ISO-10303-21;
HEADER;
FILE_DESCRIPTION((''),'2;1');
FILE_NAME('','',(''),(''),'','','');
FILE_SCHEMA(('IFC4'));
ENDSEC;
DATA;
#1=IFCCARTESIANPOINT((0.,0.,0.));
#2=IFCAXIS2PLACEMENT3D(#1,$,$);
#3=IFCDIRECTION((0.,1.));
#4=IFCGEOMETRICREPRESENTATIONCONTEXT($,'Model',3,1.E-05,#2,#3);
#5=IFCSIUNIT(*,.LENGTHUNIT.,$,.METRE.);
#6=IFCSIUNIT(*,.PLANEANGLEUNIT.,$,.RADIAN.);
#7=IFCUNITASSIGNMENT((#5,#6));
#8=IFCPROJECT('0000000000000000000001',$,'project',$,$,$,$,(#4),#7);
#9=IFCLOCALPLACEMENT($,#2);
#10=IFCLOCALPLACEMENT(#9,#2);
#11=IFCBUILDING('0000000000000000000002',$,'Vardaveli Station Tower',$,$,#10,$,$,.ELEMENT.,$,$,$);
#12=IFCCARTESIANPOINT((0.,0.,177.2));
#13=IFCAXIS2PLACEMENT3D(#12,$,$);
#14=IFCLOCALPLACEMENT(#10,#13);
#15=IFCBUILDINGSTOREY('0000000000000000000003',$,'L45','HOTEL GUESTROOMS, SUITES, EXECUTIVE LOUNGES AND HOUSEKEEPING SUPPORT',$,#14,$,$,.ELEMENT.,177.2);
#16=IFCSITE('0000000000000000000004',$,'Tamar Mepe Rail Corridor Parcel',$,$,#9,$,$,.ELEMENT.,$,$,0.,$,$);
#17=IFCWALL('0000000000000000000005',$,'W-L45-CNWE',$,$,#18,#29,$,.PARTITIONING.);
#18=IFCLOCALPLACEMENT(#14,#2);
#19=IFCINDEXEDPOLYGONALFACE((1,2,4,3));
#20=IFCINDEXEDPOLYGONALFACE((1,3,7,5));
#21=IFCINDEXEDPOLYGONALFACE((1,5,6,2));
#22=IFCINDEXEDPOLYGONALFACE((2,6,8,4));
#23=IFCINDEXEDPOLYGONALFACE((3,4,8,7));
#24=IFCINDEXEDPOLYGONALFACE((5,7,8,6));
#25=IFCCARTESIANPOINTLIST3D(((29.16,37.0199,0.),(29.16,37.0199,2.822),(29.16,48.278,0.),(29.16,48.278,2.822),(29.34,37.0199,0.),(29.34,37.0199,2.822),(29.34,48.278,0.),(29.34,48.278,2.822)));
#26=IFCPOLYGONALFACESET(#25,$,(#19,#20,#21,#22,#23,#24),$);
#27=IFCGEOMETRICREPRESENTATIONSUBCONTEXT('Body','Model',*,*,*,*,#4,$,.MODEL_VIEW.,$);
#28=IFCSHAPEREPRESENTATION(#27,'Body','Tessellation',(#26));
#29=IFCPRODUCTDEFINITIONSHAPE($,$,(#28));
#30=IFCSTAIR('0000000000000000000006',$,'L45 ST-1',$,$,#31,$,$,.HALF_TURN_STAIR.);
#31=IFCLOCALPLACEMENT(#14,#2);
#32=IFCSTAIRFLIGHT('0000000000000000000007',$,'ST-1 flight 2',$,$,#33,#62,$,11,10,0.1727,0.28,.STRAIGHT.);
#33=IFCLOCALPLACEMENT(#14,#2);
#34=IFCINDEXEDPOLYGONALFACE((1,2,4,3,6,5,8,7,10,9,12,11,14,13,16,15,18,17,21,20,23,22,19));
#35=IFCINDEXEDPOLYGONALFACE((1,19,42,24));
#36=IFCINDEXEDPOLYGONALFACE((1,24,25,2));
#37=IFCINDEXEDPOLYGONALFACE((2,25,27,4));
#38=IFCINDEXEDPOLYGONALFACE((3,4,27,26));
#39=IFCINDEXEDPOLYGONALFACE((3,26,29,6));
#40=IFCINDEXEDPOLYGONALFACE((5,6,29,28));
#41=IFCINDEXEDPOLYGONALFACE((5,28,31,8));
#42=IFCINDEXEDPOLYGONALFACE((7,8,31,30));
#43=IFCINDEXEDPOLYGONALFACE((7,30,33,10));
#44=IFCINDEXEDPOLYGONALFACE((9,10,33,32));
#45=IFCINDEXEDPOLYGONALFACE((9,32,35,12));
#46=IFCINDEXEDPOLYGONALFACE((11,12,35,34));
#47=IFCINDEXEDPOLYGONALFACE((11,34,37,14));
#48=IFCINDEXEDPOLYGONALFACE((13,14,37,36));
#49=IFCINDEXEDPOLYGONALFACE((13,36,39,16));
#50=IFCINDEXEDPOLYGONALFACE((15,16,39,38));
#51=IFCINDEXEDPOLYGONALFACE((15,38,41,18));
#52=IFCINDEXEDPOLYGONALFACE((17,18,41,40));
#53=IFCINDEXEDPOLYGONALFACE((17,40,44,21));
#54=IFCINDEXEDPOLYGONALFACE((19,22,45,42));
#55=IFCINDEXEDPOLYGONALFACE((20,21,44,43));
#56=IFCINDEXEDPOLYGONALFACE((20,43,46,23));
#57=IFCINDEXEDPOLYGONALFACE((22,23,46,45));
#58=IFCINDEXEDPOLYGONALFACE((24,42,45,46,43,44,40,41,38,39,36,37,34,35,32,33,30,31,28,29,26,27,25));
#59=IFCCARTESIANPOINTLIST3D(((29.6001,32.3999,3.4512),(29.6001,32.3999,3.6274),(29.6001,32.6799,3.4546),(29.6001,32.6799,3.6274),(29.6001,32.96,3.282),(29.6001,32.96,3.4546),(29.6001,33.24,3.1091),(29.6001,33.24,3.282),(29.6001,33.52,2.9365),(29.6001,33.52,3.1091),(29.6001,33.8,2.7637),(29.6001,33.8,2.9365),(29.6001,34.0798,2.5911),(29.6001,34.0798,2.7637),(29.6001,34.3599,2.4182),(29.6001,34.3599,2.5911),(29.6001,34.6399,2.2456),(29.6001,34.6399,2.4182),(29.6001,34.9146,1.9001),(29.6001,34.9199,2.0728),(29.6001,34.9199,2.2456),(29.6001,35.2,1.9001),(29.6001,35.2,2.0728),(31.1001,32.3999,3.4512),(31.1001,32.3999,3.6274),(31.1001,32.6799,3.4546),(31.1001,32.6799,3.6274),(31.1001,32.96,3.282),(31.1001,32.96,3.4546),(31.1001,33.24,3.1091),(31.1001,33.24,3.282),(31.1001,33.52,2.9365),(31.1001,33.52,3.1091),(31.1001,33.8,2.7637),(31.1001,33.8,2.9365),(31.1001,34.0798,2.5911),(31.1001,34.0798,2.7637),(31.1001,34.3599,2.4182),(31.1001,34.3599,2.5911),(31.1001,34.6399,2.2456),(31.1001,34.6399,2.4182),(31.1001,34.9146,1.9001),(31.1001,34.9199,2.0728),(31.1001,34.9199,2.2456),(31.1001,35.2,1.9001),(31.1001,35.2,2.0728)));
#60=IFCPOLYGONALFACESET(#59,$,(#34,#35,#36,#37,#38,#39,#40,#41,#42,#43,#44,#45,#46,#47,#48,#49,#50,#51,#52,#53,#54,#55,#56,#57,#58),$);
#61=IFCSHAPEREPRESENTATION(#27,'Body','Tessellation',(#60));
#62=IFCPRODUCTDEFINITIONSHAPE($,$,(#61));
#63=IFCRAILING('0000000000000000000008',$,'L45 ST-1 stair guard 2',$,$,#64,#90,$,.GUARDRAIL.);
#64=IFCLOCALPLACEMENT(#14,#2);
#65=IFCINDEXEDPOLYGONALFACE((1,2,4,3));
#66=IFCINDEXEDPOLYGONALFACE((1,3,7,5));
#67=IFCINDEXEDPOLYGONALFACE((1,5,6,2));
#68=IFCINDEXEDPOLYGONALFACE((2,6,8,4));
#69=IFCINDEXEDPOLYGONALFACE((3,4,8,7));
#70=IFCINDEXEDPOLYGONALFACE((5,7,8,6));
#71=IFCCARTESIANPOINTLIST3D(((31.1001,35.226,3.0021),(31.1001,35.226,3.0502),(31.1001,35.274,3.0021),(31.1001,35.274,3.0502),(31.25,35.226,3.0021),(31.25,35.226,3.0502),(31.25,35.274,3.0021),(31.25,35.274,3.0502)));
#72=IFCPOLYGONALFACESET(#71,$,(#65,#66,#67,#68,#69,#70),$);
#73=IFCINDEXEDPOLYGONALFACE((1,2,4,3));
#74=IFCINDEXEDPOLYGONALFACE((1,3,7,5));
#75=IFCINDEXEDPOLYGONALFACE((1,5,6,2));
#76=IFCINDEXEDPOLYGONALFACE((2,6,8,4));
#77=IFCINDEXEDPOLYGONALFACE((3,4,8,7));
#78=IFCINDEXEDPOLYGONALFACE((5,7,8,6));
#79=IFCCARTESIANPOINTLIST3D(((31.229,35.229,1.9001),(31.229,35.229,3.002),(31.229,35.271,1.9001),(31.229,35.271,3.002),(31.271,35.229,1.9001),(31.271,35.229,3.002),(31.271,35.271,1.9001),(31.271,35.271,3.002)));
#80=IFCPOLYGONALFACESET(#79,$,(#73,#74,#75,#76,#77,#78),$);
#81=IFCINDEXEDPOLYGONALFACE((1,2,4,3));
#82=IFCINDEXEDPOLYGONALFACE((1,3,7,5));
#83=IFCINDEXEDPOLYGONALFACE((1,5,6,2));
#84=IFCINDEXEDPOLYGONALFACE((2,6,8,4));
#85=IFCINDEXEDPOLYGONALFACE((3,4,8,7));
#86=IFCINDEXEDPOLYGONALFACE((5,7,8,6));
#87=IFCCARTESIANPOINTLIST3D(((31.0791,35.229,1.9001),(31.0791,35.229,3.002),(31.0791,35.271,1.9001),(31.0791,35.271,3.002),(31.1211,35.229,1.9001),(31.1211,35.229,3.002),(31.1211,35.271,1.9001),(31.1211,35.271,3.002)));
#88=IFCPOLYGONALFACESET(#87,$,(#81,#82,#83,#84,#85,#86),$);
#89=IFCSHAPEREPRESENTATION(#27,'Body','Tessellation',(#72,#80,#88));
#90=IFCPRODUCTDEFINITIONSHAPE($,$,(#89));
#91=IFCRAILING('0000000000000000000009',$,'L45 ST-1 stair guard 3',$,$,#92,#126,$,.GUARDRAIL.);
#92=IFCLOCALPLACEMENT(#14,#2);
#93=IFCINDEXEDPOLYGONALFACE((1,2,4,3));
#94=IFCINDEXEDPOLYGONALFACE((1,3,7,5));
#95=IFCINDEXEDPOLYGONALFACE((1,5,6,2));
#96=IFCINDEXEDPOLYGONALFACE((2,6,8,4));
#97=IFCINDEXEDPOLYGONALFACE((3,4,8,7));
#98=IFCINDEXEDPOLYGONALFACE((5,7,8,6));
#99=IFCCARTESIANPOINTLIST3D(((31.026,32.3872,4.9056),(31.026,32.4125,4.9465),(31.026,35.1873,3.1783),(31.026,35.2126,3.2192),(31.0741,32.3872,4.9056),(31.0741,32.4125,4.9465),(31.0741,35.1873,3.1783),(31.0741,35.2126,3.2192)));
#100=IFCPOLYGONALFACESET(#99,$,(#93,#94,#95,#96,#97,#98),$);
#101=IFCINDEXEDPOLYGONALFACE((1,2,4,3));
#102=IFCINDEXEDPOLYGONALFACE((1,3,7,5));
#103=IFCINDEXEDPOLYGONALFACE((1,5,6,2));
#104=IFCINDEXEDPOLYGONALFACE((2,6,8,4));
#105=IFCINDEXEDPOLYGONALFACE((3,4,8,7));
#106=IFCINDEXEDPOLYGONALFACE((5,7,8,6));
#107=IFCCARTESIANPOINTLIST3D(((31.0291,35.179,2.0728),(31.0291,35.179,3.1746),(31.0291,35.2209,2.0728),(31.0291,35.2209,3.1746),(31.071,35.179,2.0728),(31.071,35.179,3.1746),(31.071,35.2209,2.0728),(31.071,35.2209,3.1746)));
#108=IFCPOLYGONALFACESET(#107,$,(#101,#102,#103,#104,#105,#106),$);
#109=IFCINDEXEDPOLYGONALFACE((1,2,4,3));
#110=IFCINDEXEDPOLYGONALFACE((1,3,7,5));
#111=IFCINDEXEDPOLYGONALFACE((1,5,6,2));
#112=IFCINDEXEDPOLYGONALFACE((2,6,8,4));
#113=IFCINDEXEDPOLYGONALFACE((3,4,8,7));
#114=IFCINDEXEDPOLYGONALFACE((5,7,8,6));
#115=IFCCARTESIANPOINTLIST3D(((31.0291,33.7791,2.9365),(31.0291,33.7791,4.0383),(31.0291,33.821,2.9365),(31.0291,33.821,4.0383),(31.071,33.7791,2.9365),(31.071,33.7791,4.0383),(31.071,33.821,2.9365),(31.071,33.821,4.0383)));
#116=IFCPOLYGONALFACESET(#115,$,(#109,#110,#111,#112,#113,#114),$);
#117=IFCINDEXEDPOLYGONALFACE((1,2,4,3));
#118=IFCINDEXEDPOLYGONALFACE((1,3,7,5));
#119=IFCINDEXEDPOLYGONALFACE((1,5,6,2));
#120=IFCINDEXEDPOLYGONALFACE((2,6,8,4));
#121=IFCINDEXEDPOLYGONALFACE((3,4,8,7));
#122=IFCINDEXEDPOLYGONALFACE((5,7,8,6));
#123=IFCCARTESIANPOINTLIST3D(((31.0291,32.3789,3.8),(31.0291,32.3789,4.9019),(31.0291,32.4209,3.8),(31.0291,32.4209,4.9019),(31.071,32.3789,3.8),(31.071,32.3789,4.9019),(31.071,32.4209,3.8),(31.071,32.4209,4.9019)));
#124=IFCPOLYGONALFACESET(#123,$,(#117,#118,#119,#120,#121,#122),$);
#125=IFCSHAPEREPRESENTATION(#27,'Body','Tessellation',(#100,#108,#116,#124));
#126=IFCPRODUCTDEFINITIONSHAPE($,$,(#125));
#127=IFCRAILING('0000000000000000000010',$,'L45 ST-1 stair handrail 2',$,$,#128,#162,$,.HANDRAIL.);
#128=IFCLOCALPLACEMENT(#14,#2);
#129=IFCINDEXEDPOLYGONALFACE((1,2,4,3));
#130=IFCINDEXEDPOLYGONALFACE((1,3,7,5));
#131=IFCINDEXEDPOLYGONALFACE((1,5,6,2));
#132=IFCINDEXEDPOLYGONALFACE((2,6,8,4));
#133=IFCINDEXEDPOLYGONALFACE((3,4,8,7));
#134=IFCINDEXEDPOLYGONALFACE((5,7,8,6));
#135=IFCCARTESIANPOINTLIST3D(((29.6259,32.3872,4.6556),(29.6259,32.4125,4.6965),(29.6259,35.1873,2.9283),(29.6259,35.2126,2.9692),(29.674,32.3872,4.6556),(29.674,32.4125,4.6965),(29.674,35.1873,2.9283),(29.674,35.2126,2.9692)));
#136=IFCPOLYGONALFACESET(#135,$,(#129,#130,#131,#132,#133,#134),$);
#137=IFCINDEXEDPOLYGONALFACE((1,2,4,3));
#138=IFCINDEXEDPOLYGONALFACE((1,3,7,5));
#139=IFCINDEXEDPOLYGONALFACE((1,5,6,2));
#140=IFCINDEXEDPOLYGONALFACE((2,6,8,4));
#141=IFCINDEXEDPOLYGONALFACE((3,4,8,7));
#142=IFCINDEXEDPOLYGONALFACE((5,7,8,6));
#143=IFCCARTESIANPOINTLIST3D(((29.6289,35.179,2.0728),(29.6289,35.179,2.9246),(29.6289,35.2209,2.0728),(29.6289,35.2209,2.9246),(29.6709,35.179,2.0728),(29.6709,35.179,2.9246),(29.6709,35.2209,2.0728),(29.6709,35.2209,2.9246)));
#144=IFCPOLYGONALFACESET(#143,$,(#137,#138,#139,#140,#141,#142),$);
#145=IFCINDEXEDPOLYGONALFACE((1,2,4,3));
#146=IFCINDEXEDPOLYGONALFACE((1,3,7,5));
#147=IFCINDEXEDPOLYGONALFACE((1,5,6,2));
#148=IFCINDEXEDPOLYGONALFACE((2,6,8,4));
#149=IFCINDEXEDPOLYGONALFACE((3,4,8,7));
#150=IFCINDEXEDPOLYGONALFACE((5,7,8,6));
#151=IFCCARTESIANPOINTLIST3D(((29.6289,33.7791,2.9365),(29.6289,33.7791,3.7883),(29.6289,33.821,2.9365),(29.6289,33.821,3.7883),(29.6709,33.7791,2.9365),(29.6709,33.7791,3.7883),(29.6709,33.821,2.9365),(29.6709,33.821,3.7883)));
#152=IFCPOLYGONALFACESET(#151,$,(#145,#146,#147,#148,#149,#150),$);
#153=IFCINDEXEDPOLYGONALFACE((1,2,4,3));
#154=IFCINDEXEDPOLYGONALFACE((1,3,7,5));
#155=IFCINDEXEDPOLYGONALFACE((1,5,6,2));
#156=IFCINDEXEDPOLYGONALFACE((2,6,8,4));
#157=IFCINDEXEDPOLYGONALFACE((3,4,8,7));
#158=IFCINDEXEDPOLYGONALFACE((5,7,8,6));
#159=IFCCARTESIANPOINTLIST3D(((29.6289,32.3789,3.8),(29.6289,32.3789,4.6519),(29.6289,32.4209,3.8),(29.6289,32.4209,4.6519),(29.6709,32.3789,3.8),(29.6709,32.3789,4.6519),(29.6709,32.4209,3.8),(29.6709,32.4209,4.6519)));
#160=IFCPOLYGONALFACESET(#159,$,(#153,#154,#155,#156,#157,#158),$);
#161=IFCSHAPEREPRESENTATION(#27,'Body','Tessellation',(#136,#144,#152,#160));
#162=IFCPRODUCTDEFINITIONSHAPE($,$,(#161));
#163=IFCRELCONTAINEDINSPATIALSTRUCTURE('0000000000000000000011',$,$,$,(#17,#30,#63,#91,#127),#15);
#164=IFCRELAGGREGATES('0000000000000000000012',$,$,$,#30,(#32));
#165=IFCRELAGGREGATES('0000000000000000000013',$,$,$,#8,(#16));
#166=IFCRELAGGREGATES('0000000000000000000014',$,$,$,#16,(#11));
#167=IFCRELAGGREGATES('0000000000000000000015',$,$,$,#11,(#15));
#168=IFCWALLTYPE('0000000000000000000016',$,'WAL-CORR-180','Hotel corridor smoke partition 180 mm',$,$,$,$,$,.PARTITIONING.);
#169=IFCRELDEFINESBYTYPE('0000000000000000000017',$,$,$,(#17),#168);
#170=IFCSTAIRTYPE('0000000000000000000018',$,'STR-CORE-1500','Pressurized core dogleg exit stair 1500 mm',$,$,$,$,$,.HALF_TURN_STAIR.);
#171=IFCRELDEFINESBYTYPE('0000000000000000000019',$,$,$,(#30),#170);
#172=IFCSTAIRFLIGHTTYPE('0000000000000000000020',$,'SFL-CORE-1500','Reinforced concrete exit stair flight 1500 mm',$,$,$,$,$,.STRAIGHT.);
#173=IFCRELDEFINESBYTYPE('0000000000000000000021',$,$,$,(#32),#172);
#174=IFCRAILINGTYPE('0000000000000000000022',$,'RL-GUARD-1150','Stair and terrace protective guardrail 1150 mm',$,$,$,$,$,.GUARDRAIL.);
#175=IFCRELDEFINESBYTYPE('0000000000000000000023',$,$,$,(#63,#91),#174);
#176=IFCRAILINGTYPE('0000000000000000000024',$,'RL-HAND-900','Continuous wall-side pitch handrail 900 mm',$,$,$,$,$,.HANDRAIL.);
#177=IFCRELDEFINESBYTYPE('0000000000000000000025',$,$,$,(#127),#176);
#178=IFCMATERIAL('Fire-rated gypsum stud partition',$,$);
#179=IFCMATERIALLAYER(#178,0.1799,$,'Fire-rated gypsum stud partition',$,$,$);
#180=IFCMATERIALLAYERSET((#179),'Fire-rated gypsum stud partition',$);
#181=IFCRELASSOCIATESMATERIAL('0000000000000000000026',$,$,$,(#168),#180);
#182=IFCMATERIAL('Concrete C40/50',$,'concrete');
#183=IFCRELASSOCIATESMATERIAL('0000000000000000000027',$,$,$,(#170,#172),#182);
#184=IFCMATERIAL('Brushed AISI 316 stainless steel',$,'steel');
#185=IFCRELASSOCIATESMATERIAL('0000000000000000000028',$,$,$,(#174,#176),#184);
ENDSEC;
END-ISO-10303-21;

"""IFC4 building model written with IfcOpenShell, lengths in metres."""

from ifc_helpers import new_model, si_unit, direction, frame, frame_2d, origin, origin_2d, place, context, subcontext, project, spatial, polyline, rectangle, outline, extrude, source, transform, mapped, material, layer, layer_set, type_object, element, aggregate, save


model = new_model("IFC4")

# Units and contexts
model_context = context("Model", 3, precision=1e-05, world=origin(), true_north=direction((0.0, 1.0)))
body_context = subcontext(model_context, "Body", "Model", "MODEL_VIEW")
ifc_project = project(units=[si_unit("LENGTHUNIT", "METRE"), si_unit("PLANEANGLEUNIT", "RADIAN")], contexts=[model_context])

# Site, building, storey
site_placement = place(None, origin())
site = spatial("IfcSite", under=ifc_project, at=site_placement, Name="Tamar Mepe Rail Corridor Parcel", CompositionType="ELEMENT", RefElevation=0.0)
building_placement = place(site_placement, origin())
building = spatial("IfcBuilding", under=site, at=building_placement, Name="Vardaveli Station Tower", CompositionType="ELEMENT")
storey_placement = place(building_placement, frame((0.0, 0.0, 177.2)))
storey = spatial("IfcBuildingStorey", under=building, at=storey_placement, Name="L45", Description="HOTEL GUESTROOMS, SUITES, EXECUTIVE LOUNGES AND HOUSEKEEPING SUPPORT", CompositionType="ELEMENT", Elevation=177.2)

# Shared definitions
ifc_material_1 = material(Name="Concrete C40/50", Category="concrete")

# Shared definitions
ifc_material_2 = material(Name="Fire-rated gypsum stud partition")
ifc_layer_1 = layer(ifc_material_2, 0.1799, Name="Fire-rated gypsum stud partition")
ifc_layer_set_1 = layer_set([ifc_layer_1], Name="Fire-rated gypsum stud partition")
wall_type_1 = type_object("IfcWallType", Name="WAL-CORR-180", Description="Hotel corridor smoke partition 180 mm", PredefinedType="PARTITIONING", material=ifc_layer_set_1)

# Wall
shared_shape_1 = source(origin(), body_context, "Body", "SweptSolid", [
    extrude(rectangle(XDim=11.2581, YDim=0.1799, at=frame_2d((5.6289, 0.0))), origin(), (0.0, 0.0, 1.0), 2.822),
])
wall_1_placement = place(storey_placement, frame((29.25, 37.02, 0.0), z_axis=(0.0, 0.0, 1.0), x_axis=(0.0, 1.0, 0.0)))
element("IfcWall", 1, at=wall_1_placement, inside=storey, type_object=wall_type_1, Name="W-L45-CNWE", PredefinedType="PARTITIONING", context=body_context, shape_type="MappedRepresentation", body=[
    mapped(shared_shape_1, transform((0.0, 0.0, 0.0), scale=1.0)),
])

# Stair, stair flight
stair_type = type_object("IfcStairType", Name="STR-CORE-1500", Description="Pressurized core dogleg exit stair 1500 mm", PredefinedType="HALF_TURN_STAIR", material=ifc_material_1)
stair_placement = place(storey_placement, origin())
stair = element("IfcStair", 2, at=stair_placement, inside=storey, type_object=stair_type, Name="L45 ST-1", PredefinedType="HALF_TURN_STAIR")
stair_flight_type = type_object("IfcStairFlightType", Name="SFL-CORE-1500", Description="Reinforced concrete exit stair flight 1500 mm", PredefinedType="STRAIGHT", material=ifc_material_1)
shared_shape_2 = source(origin(), body_context, "Body", "SweptSolid", [
    extrude(outline(polyline([(0.0, 0.0), (0.0, 0.1726), (0.28, 0.1726), (0.28, 0.3455), (0.5601, 0.3455), (0.5601, 0.5181), (0.8401, 0.5181), (0.8401, 0.6909), (1.1201, 0.6909), (1.1201, 0.8635), (1.3999, 0.8635), (1.3999, 1.0364), (1.6799, 1.0364), (1.6799, 1.209), (1.96, 1.209), (1.96, 1.3818), (2.24, 1.3818), (2.24, 1.5544), (2.52, 1.5544), (2.52, 1.7273), (2.8, 1.7273), (2.8, 1.8999), (2.8, 1.551), (0.2854, 0.0), (0.0, 0.0)])), frame((0.0, 0.75, 0.0), z_axis=(0.0, -1.0, 0.0), x_axis=(1.0, 0.0, 0.0)), (0.0, 0.0, 1.0), 1.5),
])
stair_flight_placement = place(storey_placement, frame((30.3501, 35.2, 1.9001), z_axis=(0.0, 0.0, 1.0), x_axis=(0.0, -1.0, 0.0)))
stair_flight = element("IfcStairFlight", 3, at=stair_flight_placement, type_object=stair_flight_type, Name="ST-1 flight 2", NumberOfRisers=11, NumberOfTreads=10, PredefinedType="STRAIGHT", RiserHeight=0.1727, TreadLength=0.28, context=body_context, shape_type="MappedRepresentation", body=[
    mapped(shared_shape_2, transform((0.0, 0.0, 0.0), scale=1.0)),
])
aggregate(stair, [stair_flight])

# Railings
ifc_material_3 = material(Name="Brushed AISI 316 stainless steel", Category="steel")
railing_type_1 = type_object("IfcRailingType", Name="RL-GUARD-1150", Description="Stair and terrace protective guardrail 1150 mm", PredefinedType="GUARDRAIL", material=ifc_material_3)
shared_shape_3 = source(origin(), body_context, "Body", "SweptSolid", [
    extrude(rectangle(XDim=0.0481, YDim=0.0481, at=origin_2d()), frame((0.0, 0.0, 1.126), z_axis=(-1.0, 0.0, 0.0), x_axis=(0.0, -1.0, 0.0)), (0.0, 0.0, 1.0), 0.1499),
    extrude(rectangle(XDim=0.042, YDim=0.042, at=origin_2d()), origin(), (0.0, 0.0, 1.0), 1.1018),
    extrude(rectangle(XDim=0.042, YDim=0.042, at=origin_2d()), frame((-0.1499, 0.0, 0.0)), (0.0, 0.0, 1.0), 1.1018),
])
railing_1_placement = place(storey_placement, frame((31.25, 35.25, 1.9001)))
element("IfcRailing", 4, at=railing_1_placement, inside=storey, type_object=railing_type_1, Name="L45 ST-1 stair guard 2", PredefinedType="GUARDRAIL", context=body_context, shape_type="MappedRepresentation", body=[
    mapped(shared_shape_3, transform((0.0, 0.0, 0.0), scale=1.0)),
])
shared_shape_4 = source(origin(), body_context, "Body", "SweptSolid", [
    extrude(rectangle(XDim=0.0481, YDim=0.0481, at=origin_2d()), frame((0.0, 0.0, 1.126), z_axis=(0.0, -0.85109, 0.52502), x_axis=(1.0, 0.0, 0.0)), (0.0, 0.0, 1.0), 3.29),
    extrude(rectangle(XDim=0.042, YDim=0.042, at=origin_2d()), origin(), (0.0, 0.0, 1.0), 1.1018),
    extrude(rectangle(XDim=0.042, YDim=0.042, at=origin_2d()), frame((0.0, -1.3999, 0.8638)), (0.0, 0.0, 1.0), 1.1018),
    extrude(rectangle(XDim=0.042, YDim=0.042, at=origin_2d()), frame((0.0, -2.8, 1.7273)), (0.0, 0.0, 1.0), 1.1018),
])
railing_2_placement = place(storey_placement, frame((31.05, 35.2, 2.0728)))
element("IfcRailing", 5, at=railing_2_placement, inside=storey, type_object=railing_type_1, Name="L45 ST-1 stair guard 3", PredefinedType="GUARDRAIL", context=body_context, shape_type="MappedRepresentation", body=[
    mapped(shared_shape_4, transform((0.0, 0.0, 0.0), scale=1.0)),
])
railing_type_2 = type_object("IfcRailingType", Name="RL-HAND-900", Description="Continuous wall-side pitch handrail 900 mm", PredefinedType="HANDRAIL", material=ifc_material_3)
shared_shape_5 = source(origin(), body_context, "Body", "SweptSolid", [
    extrude(rectangle(XDim=0.0481, YDim=0.0481, at=origin_2d()), frame((0.0, 0.0, 0.876), z_axis=(0.0, -0.85109, 0.52502), x_axis=(1.0, 0.0, 0.0)), (0.0, 0.0, 1.0), 3.29),
    extrude(rectangle(XDim=0.042, YDim=0.042, at=origin_2d()), origin(), (0.0, 0.0, 1.0), 0.8518),
    extrude(rectangle(XDim=0.042, YDim=0.042, at=origin_2d()), frame((0.0, -1.3999, 0.8638)), (0.0, 0.0, 1.0), 0.8518),
    extrude(rectangle(XDim=0.042, YDim=0.042, at=origin_2d()), frame((0.0, -2.8, 1.7273)), (0.0, 0.0, 1.0), 0.8518),
])
railing_3_placement = place(storey_placement, frame((29.6499, 35.2, 2.0728)))
element("IfcRailing", 6, at=railing_3_placement, inside=storey, type_object=railing_type_2, Name="L45 ST-1 stair handrail 2", PredefinedType="HANDRAIL", context=body_context, shape_type="MappedRepresentation", body=[
    mapped(shared_shape_5, transform((0.0, 0.0, 0.0), scale=1.0)),
])

save(model, "model.ifc")
